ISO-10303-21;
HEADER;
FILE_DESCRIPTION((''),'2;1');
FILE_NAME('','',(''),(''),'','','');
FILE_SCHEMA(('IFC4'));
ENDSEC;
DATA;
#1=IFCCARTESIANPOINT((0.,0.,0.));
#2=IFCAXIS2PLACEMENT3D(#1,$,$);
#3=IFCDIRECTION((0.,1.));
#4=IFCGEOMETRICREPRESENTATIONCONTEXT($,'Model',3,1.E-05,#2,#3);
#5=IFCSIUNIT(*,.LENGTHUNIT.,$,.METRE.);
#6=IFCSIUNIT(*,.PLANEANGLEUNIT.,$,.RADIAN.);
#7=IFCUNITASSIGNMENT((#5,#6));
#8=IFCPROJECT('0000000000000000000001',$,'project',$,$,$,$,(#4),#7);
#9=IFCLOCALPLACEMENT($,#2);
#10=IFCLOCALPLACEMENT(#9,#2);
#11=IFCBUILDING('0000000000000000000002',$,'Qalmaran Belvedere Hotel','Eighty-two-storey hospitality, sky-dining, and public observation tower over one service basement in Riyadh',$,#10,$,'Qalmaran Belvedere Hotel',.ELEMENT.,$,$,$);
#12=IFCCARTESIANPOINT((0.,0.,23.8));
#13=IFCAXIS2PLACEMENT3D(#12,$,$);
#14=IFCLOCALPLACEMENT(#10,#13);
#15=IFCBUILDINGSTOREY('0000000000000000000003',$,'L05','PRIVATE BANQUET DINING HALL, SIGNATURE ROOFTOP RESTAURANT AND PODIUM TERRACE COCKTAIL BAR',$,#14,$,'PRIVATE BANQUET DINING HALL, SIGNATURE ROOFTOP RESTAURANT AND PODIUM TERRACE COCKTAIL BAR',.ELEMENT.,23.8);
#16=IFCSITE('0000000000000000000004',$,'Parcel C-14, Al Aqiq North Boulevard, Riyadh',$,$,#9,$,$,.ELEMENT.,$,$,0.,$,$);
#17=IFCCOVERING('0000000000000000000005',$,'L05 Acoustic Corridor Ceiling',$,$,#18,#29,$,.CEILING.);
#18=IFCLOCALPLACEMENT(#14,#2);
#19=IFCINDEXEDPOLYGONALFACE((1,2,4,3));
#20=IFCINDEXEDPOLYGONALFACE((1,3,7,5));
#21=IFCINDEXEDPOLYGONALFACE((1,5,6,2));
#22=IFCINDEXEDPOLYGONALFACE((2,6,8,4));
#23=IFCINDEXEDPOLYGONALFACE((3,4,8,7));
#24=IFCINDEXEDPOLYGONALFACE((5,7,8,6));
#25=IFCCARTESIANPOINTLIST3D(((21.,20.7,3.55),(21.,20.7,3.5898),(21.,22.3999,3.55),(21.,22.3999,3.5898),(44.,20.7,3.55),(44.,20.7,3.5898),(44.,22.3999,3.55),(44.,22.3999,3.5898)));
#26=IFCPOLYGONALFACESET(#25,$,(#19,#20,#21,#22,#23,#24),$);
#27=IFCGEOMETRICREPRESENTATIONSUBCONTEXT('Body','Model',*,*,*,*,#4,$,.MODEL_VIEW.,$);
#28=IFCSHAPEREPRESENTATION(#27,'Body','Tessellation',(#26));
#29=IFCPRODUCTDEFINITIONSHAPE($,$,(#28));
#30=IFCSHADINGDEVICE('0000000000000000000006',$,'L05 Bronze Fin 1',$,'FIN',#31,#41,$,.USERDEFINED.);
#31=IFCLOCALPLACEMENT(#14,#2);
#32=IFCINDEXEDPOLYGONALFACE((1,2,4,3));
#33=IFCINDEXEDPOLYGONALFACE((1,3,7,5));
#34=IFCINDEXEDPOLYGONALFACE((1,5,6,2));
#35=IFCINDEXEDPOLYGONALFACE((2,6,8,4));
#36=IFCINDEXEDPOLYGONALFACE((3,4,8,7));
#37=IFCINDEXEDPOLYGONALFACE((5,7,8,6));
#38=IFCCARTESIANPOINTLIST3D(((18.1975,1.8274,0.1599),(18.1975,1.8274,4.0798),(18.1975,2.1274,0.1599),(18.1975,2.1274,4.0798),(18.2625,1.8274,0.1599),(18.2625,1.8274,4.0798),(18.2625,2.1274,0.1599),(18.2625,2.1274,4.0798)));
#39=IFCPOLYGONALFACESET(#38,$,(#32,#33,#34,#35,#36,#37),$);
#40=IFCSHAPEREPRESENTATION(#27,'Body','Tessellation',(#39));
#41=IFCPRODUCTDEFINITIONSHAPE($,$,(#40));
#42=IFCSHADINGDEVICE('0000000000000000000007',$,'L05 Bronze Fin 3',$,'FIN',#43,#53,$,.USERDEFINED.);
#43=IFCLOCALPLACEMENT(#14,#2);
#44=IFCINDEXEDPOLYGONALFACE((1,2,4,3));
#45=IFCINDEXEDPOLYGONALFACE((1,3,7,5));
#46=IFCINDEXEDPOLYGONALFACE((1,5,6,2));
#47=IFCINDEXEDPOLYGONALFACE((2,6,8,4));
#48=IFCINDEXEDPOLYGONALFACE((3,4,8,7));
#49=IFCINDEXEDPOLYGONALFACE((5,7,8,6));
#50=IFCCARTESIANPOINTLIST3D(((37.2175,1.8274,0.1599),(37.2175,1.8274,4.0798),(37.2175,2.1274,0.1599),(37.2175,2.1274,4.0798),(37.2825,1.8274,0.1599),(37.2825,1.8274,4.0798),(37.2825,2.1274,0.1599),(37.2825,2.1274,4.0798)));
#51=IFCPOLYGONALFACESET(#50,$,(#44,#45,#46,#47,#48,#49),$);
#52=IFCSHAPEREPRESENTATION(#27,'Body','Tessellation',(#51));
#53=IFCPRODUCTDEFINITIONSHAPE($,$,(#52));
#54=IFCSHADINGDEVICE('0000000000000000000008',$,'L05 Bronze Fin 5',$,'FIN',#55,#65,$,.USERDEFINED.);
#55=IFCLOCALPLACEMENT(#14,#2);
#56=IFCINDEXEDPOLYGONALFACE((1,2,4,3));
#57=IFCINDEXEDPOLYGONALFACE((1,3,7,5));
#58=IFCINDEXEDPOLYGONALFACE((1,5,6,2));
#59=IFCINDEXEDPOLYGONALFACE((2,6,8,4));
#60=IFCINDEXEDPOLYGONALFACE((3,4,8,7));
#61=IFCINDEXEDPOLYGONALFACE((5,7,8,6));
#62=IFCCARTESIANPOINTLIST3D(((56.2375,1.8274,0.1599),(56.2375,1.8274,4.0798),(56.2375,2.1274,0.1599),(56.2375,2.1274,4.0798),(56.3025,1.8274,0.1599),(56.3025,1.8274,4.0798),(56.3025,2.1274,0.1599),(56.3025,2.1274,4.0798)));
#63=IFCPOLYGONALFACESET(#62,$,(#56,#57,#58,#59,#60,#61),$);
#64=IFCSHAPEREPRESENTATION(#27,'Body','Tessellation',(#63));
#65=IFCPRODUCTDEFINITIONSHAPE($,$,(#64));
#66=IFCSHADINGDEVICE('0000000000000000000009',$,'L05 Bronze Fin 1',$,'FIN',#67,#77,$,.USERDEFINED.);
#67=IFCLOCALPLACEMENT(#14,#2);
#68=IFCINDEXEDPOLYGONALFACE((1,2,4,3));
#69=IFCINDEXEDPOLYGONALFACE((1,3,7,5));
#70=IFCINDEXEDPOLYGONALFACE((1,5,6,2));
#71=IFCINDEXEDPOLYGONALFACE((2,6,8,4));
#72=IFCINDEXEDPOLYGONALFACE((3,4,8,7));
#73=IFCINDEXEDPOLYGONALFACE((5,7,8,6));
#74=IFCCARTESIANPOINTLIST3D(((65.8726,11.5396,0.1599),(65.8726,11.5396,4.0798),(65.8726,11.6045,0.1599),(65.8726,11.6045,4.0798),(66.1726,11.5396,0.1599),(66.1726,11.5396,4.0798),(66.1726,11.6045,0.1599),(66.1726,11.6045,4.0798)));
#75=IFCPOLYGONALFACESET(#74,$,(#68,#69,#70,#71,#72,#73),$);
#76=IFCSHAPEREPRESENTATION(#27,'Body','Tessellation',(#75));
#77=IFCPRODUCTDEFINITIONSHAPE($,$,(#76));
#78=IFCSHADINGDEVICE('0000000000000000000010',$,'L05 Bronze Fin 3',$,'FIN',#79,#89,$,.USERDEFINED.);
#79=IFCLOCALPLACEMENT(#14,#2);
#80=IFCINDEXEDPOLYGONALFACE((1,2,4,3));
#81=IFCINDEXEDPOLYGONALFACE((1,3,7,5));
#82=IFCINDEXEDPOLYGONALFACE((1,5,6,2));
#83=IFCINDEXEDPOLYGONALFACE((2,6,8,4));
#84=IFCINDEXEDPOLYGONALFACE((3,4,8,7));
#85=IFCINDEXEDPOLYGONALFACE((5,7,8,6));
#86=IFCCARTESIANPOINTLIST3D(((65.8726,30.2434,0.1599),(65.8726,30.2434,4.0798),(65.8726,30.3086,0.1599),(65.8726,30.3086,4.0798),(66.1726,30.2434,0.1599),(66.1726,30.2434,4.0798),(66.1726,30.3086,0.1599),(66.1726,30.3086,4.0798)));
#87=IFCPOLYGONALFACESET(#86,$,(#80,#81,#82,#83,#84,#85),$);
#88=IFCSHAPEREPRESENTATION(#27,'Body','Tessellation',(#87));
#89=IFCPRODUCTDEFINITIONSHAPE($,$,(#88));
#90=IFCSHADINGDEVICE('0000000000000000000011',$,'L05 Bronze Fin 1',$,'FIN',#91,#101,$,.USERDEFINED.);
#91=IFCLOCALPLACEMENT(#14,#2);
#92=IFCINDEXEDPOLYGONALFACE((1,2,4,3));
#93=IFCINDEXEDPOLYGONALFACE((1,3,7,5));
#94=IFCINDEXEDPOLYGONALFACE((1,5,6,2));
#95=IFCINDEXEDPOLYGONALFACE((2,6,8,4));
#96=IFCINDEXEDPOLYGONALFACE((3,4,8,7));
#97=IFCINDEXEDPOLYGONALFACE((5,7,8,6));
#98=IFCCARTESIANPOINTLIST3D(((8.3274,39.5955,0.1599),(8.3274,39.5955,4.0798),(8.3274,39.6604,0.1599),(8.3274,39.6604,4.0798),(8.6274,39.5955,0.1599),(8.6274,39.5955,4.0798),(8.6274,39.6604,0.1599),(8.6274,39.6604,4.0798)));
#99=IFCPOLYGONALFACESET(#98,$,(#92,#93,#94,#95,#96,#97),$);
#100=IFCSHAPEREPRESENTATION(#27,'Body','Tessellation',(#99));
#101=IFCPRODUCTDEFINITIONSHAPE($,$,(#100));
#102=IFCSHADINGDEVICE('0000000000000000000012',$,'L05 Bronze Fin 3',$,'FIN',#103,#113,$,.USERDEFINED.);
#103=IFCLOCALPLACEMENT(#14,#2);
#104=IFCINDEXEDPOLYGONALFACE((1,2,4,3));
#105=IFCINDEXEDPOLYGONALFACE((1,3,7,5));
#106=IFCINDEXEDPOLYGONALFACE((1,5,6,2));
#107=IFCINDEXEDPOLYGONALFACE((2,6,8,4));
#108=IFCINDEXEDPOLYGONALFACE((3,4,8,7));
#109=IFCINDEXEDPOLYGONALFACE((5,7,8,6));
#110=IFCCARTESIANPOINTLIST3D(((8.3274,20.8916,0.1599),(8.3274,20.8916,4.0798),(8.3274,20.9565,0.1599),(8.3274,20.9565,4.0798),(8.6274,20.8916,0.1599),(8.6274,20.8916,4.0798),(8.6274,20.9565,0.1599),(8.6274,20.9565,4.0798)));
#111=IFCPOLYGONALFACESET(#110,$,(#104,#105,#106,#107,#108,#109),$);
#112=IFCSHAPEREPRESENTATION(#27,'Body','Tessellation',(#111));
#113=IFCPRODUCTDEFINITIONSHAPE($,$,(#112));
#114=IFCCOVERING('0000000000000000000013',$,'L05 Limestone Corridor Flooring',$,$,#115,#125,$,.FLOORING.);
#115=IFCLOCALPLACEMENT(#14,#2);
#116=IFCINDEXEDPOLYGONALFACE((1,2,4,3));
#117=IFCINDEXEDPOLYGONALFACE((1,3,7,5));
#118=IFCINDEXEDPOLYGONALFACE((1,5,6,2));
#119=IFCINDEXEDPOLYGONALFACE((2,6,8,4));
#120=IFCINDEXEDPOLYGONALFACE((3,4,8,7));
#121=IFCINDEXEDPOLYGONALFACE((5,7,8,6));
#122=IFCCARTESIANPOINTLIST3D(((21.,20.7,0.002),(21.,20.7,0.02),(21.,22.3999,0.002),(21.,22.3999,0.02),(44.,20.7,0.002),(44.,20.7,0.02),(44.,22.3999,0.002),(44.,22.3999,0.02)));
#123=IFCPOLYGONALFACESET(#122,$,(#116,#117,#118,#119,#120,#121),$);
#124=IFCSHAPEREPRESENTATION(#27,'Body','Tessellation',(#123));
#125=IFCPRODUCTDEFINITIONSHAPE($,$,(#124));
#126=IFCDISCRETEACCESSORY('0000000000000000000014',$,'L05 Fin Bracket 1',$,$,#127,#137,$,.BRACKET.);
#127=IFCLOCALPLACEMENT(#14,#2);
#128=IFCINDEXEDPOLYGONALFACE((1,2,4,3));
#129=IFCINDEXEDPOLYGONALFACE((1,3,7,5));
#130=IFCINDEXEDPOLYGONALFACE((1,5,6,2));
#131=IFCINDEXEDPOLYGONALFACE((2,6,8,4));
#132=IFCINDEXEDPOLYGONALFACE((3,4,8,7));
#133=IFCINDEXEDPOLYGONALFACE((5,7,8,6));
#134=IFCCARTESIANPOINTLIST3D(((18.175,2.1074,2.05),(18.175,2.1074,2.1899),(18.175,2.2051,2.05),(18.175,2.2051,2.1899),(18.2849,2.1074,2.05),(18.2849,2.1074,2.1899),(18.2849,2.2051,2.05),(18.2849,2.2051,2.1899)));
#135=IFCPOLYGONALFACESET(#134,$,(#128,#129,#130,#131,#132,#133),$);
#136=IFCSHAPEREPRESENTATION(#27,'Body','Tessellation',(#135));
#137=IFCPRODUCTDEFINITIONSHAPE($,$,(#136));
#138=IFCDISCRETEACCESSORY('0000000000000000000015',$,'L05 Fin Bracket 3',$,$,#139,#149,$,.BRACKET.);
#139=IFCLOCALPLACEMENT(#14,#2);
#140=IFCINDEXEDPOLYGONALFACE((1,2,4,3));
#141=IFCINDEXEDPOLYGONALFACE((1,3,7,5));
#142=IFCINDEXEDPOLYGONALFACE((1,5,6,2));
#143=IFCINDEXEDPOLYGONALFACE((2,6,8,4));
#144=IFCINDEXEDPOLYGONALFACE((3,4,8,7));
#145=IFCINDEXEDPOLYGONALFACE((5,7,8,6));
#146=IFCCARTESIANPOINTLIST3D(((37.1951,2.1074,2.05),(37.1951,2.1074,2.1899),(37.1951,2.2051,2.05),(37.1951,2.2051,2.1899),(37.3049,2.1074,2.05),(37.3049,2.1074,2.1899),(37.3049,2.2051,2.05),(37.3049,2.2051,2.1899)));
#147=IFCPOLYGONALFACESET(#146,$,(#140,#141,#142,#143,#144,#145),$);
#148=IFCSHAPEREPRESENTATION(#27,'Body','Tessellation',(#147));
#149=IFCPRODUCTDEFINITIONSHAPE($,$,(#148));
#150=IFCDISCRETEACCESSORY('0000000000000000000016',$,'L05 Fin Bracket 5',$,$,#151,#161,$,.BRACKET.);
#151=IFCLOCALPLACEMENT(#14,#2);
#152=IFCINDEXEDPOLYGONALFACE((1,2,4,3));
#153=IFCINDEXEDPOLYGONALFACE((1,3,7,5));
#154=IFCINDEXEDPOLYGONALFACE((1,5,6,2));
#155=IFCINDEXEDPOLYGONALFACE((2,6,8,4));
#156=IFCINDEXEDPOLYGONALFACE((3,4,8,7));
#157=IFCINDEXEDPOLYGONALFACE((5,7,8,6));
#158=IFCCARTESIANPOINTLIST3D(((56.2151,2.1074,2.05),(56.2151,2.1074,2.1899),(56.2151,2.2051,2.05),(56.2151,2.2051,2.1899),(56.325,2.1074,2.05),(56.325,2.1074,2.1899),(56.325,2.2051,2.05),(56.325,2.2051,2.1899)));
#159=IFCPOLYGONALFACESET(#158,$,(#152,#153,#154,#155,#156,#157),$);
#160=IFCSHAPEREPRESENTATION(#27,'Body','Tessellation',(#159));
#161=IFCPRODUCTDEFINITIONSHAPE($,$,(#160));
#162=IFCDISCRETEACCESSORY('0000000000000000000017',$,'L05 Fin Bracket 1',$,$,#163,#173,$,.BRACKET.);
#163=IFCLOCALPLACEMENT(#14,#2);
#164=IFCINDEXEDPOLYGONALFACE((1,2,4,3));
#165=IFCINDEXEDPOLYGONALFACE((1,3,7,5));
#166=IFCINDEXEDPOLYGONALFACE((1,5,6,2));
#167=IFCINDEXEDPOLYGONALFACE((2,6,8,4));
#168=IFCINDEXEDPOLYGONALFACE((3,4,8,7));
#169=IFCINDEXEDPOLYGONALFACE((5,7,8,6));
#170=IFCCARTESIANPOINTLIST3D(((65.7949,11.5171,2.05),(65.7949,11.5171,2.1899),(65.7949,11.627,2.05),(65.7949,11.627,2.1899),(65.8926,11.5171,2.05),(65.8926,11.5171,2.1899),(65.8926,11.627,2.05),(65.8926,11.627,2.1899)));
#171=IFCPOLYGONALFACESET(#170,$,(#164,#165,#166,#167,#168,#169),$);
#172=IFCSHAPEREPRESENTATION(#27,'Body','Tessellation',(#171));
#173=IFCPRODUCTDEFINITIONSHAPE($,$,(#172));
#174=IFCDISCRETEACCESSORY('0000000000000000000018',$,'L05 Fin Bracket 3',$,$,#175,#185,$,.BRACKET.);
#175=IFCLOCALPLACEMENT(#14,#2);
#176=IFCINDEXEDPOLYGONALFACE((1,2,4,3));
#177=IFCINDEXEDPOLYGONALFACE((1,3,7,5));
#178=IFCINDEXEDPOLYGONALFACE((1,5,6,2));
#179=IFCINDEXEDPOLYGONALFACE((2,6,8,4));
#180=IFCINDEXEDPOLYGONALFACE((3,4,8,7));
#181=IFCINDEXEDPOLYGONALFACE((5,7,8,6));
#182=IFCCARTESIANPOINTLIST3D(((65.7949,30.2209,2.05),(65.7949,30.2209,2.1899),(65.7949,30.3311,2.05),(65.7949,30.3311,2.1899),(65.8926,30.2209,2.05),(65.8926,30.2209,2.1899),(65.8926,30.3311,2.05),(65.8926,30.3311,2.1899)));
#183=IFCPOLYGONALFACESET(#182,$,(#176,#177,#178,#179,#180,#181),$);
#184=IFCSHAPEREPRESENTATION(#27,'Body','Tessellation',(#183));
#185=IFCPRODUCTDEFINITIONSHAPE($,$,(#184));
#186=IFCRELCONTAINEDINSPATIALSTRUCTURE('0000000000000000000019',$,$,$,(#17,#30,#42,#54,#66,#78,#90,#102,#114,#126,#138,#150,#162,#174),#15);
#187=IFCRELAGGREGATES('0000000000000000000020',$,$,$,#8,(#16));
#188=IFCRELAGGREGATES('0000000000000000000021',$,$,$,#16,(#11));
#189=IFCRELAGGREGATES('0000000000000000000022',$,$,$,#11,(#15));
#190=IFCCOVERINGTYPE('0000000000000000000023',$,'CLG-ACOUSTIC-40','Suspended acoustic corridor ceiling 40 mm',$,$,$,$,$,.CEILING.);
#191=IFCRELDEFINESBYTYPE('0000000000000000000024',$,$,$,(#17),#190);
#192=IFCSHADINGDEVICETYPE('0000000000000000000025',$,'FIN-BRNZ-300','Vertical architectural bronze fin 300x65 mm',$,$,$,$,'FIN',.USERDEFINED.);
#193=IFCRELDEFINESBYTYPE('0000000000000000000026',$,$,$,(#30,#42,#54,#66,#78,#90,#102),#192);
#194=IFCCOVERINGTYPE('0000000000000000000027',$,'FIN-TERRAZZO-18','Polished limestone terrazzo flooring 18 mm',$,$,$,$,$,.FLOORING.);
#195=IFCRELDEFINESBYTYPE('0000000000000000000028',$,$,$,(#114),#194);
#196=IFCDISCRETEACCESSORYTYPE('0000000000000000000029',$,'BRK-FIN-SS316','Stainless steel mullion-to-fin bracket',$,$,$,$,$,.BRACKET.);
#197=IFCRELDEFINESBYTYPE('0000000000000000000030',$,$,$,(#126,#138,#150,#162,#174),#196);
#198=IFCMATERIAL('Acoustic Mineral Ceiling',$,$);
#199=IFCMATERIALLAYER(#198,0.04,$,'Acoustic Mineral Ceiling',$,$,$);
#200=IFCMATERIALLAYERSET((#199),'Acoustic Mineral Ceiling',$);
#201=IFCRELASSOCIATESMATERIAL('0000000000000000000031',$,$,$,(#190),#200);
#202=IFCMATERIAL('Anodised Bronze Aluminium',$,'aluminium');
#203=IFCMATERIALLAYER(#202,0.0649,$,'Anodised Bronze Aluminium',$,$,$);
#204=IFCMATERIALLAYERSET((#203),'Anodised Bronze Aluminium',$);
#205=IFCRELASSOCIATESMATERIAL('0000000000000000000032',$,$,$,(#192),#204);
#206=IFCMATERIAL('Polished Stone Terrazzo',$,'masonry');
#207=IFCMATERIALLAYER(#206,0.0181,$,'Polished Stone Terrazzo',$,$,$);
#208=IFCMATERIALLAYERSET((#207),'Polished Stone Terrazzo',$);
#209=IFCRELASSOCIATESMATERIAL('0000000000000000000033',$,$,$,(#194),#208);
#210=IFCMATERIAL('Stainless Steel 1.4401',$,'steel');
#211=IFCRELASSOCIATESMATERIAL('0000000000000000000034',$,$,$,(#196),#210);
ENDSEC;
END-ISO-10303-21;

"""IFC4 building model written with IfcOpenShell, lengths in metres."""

from ifc_helpers import new_model, si_unit, direction, frame, origin, place, context, subcontext, project, spatial, polyline, outline, extrude, material, layer, layer_set, type_object, element, save


model = new_model("IFC4")

# Units and contexts
model_context = context("Model", 3, precision=1e-05, world=origin(), true_north=direction((0.0, 1.0)))
body_context = subcontext(model_context, "Body", "Model", "MODEL_VIEW")
ifc_project = project(units=[si_unit("LENGTHUNIT", "METRE"), si_unit("PLANEANGLEUNIT", "RADIAN")], contexts=[model_context])

# Site, building, storey
site_placement = place(None, origin())
site = spatial("IfcSite", under=ifc_project, at=site_placement, Name="Parcel C-14, Al Aqiq North Boulevard, Riyadh", CompositionType="ELEMENT", RefElevation=0.0)
building_placement = place(site_placement, origin())
building = spatial("IfcBuilding", under=site, at=building_placement, Name="Qalmaran Belvedere Hotel", Description="Eighty-two-storey hospitality, sky-dining, and public observation tower over one service basement in Riyadh", LongName="Qalmaran Belvedere Hotel", CompositionType="ELEMENT")
storey_placement = place(building_placement, frame((0.0, 0.0, 23.8)))
storey = spatial("IfcBuildingStorey", under=building, at=storey_placement, Name="L05", Description="PRIVATE BANQUET DINING HALL, SIGNATURE ROOFTOP RESTAURANT AND PODIUM TERRACE COCKTAIL BAR", LongName="PRIVATE BANQUET DINING HALL, SIGNATURE ROOFTOP RESTAURANT AND PODIUM TERRACE COCKTAIL BAR", CompositionType="ELEMENT", Elevation=23.8)

# Covering
ifc_material_1 = material(Name="Acoustic Mineral Ceiling")
ifc_layer_1 = layer(ifc_material_1, 0.04, Name="Acoustic Mineral Ceiling")
ifc_layer_set_1 = layer_set([ifc_layer_1], Name="Acoustic Mineral Ceiling")
covering_type_1 = type_object("IfcCoveringType", Name="CLG-ACOUSTIC-40", Description="Suspended acoustic corridor ceiling 40 mm", PredefinedType="CEILING", material=ifc_layer_set_1)
covering_1_placement = place(storey_placement, frame((0.0, 0.0, 3.55)))
element("IfcCovering", 1, at=covering_1_placement, inside=storey, type_object=covering_type_1, Name="L05 Acoustic Corridor Ceiling", PredefinedType="CEILING", context=body_context, shape_type="SweptSolid", body=[
    extrude(outline(polyline([(21.0, 20.7), (44.0, 20.7), (44.0, 22.3999), (21.0, 22.3999), (21.0, 20.7)])), origin(), (0.0, 0.0, 1.0), 0.0398),
])

# Shading devices
ifc_material_2 = material(Name="Anodised Bronze Aluminium", Category="aluminium")
ifc_layer_2 = layer(ifc_material_2, 0.0649, Name="Anodised Bronze Aluminium")
ifc_layer_set_2 = layer_set([ifc_layer_2], Name="Anodised Bronze Aluminium")
shading_device_type = type_object("IfcShadingDeviceType", Name="FIN-BRNZ-300", Description="Vertical architectural bronze fin 300x65 mm", ElementType="FIN", PredefinedType="USERDEFINED", material=ifc_layer_set_2)
shading_device_1_placement = place(storey_placement, frame((0.0, 0.0, 0.1599)))
element("IfcShadingDevice", 2, at=shading_device_1_placement, inside=storey, type_object=shading_device_type, Name="L05 Bronze Fin 1", ObjectType="FIN", PredefinedType="USERDEFINED", context=body_context, shape_type="SweptSolid", body=[
    extrude(outline(polyline([(18.1975, 2.1274), (18.1975, 1.8274), (18.2625, 1.8274), (18.2625, 2.1274), (18.1975, 2.1274)])), origin(), (0.0, 0.0, 1.0), 3.9199),
])
shading_device_2_placement = place(storey_placement, frame((0.0, 0.0, 0.1599)))
element("IfcShadingDevice", 3, at=shading_device_2_placement, inside=storey, type_object=shading_device_type, Name="L05 Bronze Fin 3", ObjectType="FIN", PredefinedType="USERDEFINED", context=body_context, shape_type="SweptSolid", body=[
    extrude(outline(polyline([(37.2175, 2.1274), (37.2175, 1.8274), (37.2825, 1.8274), (37.2825, 2.1274), (37.2175, 2.1274)])), origin(), (0.0, 0.0, 1.0), 3.9199),
])
shading_device_3_placement = place(storey_placement, frame((0.0, 0.0, 0.1599)))
element("IfcShadingDevice", 4, at=shading_device_3_placement, inside=storey, type_object=shading_device_type, Name="L05 Bronze Fin 5", ObjectType="FIN", PredefinedType="USERDEFINED", context=body_context, shape_type="SweptSolid", body=[
    extrude(outline(polyline([(56.2375, 2.1274), (56.2375, 1.8274), (56.3025, 1.8274), (56.3025, 2.1274), (56.2375, 2.1274)])), origin(), (0.0, 0.0, 1.0), 3.9199),
])
shading_device_4_placement = place(storey_placement, frame((0.0, 0.0, 0.1599)))
element("IfcShadingDevice", 5, at=shading_device_4_placement, inside=storey, type_object=shading_device_type, Name="L05 Bronze Fin 1", ObjectType="FIN", PredefinedType="USERDEFINED", context=body_context, shape_type="SweptSolid", body=[
    extrude(outline(polyline([(65.8726, 11.5396), (66.1726, 11.5396), (66.1726, 11.6045), (65.8726, 11.6045), (65.8726, 11.5396)])), origin(), (0.0, 0.0, 1.0), 3.9199),
])
shading_device_5_placement = place(storey_placement, frame((0.0, 0.0, 0.1599)))
element("IfcShadingDevice", 6, at=shading_device_5_placement, inside=storey, type_object=shading_device_type, Name="L05 Bronze Fin 3", ObjectType="FIN", PredefinedType="USERDEFINED", context=body_context, shape_type="SweptSolid", body=[
    extrude(outline(polyline([(65.8726, 30.2434), (66.1726, 30.2434), (66.1726, 30.3086), (65.8726, 30.3086), (65.8726, 30.2434)])), origin(), (0.0, 0.0, 1.0), 3.9199),
])
shading_device_6_placement = place(storey_placement, frame((0.0, 0.0, 0.1599)))
element("IfcShadingDevice", 7, at=shading_device_6_placement, inside=storey, type_object=shading_device_type, Name="L05 Bronze Fin 1", ObjectType="FIN", PredefinedType="USERDEFINED", context=body_context, shape_type="SweptSolid", body=[
    extrude(outline(polyline([(8.6274, 39.6604), (8.3274, 39.6604), (8.3274, 39.5955), (8.6274, 39.5955), (8.6274, 39.6604)])), origin(), (0.0, 0.0, 1.0), 3.9199),
])
shading_device_7_placement = place(storey_placement, frame((0.0, 0.0, 0.1599)))
element("IfcShadingDevice", 8, at=shading_device_7_placement, inside=storey, type_object=shading_device_type, Name="L05 Bronze Fin 3", ObjectType="FIN", PredefinedType="USERDEFINED", context=body_context, shape_type="SweptSolid", body=[
    extrude(outline(polyline([(8.6274, 20.9565), (8.3274, 20.9565), (8.3274, 20.8916), (8.6274, 20.8916), (8.6274, 20.9565)])), origin(), (0.0, 0.0, 1.0), 3.9199),
])

# Covering
ifc_material_3 = material(Name="Polished Stone Terrazzo", Category="masonry")
ifc_layer_3 = layer(ifc_material_3, 0.0181, Name="Polished Stone Terrazzo")
ifc_layer_set_3 = layer_set([ifc_layer_3], Name="Polished Stone Terrazzo")
covering_type_2 = type_object("IfcCoveringType", Name="FIN-TERRAZZO-18", Description="Polished limestone terrazzo flooring 18 mm", PredefinedType="FLOORING", material=ifc_layer_set_3)
covering_2_placement = place(storey_placement, frame((0.0, 0.0, 0.002)))
element("IfcCovering", 9, at=covering_2_placement, inside=storey, type_object=covering_type_2, Name="L05 Limestone Corridor Flooring", PredefinedType="FLOORING", context=body_context, shape_type="SweptSolid", body=[
    extrude(outline(polyline([(21.0, 20.7), (44.0, 20.7), (44.0, 22.3999), (21.0, 22.3999), (21.0, 20.7)])), origin(), (0.0, 0.0, 1.0), 0.0181),
])

# Discrete accessories
ifc_material_4 = material(Name="Stainless Steel 1.4401", Category="steel")
discrete_accessory_type = type_object("IfcDiscreteAccessoryType", Name="BRK-FIN-SS316", Description="Stainless steel mullion-to-fin bracket", PredefinedType="BRACKET", material=ifc_material_4)
discrete_accessory_1_placement = place(storey_placement, frame((0.0, 0.0, 2.05)))
element("IfcDiscreteAccessory", 10, at=discrete_accessory_1_placement, inside=storey, type_object=discrete_accessory_type, Name="L05 Fin Bracket 1", PredefinedType="BRACKET", context=body_context, shape_type="SweptSolid", body=[
    extrude(outline(polyline([(18.175, 2.2051), (18.175, 2.1074), (18.2849, 2.1074), (18.2849, 2.2051), (18.175, 2.2051)])), origin(), (0.0, 0.0, 1.0), 0.1399),
])
discrete_accessory_2_placement = place(storey_placement, frame((0.0, 0.0, 2.05)))
element("IfcDiscreteAccessory", 11, at=discrete_accessory_2_placement, inside=storey, type_object=discrete_accessory_type, Name="L05 Fin Bracket 3", PredefinedType="BRACKET", context=body_context, shape_type="SweptSolid", body=[
    extrude(outline(polyline([(37.1951, 2.2051), (37.1951, 2.1074), (37.3049, 2.1074), (37.3049, 2.2051), (37.1951, 2.2051)])), origin(), (0.0, 0.0, 1.0), 0.1399),
])
discrete_accessory_3_placement = place(storey_placement, frame((0.0, 0.0, 2.05)))
element("IfcDiscreteAccessory", 12, at=discrete_accessory_3_placement, inside=storey, type_object=discrete_accessory_type, Name="L05 Fin Bracket 5", PredefinedType="BRACKET", context=body_context, shape_type="SweptSolid", body=[
    extrude(outline(polyline([(56.2151, 2.2051), (56.2151, 2.1074), (56.325, 2.1074), (56.325, 2.2051), (56.2151, 2.2051)])), origin(), (0.0, 0.0, 1.0), 0.1399),
])
discrete_accessory_4_placement = place(storey_placement, frame((0.0, 0.0, 2.05)))
element("IfcDiscreteAccessory", 13, at=discrete_accessory_4_placement, inside=storey, type_object=discrete_accessory_type, Name="L05 Fin Bracket 1", PredefinedType="BRACKET", context=body_context, shape_type="SweptSolid", body=[
    extrude(outline(polyline([(65.7949, 11.5171), (65.8926, 11.5171), (65.8926, 11.627), (65.7949, 11.627), (65.7949, 11.5171)])), origin(), (0.0, 0.0, 1.0), 0.1399),
])
discrete_accessory_5_placement = place(storey_placement, frame((0.0, 0.0, 2.05)))
element("IfcDiscreteAccessory", 14, at=discrete_accessory_5_placement, inside=storey, type_object=discrete_accessory_type, Name="L05 Fin Bracket 3", PredefinedType="BRACKET", context=body_context, shape_type="SweptSolid", body=[
    extrude(outline(polyline([(65.7949, 30.2209), (65.8926, 30.2209), (65.8926, 30.3311), (65.7949, 30.3311), (65.7949, 30.2209)])), origin(), (0.0, 0.0, 1.0), 0.1399),
])

save(model, "model.ifc")
